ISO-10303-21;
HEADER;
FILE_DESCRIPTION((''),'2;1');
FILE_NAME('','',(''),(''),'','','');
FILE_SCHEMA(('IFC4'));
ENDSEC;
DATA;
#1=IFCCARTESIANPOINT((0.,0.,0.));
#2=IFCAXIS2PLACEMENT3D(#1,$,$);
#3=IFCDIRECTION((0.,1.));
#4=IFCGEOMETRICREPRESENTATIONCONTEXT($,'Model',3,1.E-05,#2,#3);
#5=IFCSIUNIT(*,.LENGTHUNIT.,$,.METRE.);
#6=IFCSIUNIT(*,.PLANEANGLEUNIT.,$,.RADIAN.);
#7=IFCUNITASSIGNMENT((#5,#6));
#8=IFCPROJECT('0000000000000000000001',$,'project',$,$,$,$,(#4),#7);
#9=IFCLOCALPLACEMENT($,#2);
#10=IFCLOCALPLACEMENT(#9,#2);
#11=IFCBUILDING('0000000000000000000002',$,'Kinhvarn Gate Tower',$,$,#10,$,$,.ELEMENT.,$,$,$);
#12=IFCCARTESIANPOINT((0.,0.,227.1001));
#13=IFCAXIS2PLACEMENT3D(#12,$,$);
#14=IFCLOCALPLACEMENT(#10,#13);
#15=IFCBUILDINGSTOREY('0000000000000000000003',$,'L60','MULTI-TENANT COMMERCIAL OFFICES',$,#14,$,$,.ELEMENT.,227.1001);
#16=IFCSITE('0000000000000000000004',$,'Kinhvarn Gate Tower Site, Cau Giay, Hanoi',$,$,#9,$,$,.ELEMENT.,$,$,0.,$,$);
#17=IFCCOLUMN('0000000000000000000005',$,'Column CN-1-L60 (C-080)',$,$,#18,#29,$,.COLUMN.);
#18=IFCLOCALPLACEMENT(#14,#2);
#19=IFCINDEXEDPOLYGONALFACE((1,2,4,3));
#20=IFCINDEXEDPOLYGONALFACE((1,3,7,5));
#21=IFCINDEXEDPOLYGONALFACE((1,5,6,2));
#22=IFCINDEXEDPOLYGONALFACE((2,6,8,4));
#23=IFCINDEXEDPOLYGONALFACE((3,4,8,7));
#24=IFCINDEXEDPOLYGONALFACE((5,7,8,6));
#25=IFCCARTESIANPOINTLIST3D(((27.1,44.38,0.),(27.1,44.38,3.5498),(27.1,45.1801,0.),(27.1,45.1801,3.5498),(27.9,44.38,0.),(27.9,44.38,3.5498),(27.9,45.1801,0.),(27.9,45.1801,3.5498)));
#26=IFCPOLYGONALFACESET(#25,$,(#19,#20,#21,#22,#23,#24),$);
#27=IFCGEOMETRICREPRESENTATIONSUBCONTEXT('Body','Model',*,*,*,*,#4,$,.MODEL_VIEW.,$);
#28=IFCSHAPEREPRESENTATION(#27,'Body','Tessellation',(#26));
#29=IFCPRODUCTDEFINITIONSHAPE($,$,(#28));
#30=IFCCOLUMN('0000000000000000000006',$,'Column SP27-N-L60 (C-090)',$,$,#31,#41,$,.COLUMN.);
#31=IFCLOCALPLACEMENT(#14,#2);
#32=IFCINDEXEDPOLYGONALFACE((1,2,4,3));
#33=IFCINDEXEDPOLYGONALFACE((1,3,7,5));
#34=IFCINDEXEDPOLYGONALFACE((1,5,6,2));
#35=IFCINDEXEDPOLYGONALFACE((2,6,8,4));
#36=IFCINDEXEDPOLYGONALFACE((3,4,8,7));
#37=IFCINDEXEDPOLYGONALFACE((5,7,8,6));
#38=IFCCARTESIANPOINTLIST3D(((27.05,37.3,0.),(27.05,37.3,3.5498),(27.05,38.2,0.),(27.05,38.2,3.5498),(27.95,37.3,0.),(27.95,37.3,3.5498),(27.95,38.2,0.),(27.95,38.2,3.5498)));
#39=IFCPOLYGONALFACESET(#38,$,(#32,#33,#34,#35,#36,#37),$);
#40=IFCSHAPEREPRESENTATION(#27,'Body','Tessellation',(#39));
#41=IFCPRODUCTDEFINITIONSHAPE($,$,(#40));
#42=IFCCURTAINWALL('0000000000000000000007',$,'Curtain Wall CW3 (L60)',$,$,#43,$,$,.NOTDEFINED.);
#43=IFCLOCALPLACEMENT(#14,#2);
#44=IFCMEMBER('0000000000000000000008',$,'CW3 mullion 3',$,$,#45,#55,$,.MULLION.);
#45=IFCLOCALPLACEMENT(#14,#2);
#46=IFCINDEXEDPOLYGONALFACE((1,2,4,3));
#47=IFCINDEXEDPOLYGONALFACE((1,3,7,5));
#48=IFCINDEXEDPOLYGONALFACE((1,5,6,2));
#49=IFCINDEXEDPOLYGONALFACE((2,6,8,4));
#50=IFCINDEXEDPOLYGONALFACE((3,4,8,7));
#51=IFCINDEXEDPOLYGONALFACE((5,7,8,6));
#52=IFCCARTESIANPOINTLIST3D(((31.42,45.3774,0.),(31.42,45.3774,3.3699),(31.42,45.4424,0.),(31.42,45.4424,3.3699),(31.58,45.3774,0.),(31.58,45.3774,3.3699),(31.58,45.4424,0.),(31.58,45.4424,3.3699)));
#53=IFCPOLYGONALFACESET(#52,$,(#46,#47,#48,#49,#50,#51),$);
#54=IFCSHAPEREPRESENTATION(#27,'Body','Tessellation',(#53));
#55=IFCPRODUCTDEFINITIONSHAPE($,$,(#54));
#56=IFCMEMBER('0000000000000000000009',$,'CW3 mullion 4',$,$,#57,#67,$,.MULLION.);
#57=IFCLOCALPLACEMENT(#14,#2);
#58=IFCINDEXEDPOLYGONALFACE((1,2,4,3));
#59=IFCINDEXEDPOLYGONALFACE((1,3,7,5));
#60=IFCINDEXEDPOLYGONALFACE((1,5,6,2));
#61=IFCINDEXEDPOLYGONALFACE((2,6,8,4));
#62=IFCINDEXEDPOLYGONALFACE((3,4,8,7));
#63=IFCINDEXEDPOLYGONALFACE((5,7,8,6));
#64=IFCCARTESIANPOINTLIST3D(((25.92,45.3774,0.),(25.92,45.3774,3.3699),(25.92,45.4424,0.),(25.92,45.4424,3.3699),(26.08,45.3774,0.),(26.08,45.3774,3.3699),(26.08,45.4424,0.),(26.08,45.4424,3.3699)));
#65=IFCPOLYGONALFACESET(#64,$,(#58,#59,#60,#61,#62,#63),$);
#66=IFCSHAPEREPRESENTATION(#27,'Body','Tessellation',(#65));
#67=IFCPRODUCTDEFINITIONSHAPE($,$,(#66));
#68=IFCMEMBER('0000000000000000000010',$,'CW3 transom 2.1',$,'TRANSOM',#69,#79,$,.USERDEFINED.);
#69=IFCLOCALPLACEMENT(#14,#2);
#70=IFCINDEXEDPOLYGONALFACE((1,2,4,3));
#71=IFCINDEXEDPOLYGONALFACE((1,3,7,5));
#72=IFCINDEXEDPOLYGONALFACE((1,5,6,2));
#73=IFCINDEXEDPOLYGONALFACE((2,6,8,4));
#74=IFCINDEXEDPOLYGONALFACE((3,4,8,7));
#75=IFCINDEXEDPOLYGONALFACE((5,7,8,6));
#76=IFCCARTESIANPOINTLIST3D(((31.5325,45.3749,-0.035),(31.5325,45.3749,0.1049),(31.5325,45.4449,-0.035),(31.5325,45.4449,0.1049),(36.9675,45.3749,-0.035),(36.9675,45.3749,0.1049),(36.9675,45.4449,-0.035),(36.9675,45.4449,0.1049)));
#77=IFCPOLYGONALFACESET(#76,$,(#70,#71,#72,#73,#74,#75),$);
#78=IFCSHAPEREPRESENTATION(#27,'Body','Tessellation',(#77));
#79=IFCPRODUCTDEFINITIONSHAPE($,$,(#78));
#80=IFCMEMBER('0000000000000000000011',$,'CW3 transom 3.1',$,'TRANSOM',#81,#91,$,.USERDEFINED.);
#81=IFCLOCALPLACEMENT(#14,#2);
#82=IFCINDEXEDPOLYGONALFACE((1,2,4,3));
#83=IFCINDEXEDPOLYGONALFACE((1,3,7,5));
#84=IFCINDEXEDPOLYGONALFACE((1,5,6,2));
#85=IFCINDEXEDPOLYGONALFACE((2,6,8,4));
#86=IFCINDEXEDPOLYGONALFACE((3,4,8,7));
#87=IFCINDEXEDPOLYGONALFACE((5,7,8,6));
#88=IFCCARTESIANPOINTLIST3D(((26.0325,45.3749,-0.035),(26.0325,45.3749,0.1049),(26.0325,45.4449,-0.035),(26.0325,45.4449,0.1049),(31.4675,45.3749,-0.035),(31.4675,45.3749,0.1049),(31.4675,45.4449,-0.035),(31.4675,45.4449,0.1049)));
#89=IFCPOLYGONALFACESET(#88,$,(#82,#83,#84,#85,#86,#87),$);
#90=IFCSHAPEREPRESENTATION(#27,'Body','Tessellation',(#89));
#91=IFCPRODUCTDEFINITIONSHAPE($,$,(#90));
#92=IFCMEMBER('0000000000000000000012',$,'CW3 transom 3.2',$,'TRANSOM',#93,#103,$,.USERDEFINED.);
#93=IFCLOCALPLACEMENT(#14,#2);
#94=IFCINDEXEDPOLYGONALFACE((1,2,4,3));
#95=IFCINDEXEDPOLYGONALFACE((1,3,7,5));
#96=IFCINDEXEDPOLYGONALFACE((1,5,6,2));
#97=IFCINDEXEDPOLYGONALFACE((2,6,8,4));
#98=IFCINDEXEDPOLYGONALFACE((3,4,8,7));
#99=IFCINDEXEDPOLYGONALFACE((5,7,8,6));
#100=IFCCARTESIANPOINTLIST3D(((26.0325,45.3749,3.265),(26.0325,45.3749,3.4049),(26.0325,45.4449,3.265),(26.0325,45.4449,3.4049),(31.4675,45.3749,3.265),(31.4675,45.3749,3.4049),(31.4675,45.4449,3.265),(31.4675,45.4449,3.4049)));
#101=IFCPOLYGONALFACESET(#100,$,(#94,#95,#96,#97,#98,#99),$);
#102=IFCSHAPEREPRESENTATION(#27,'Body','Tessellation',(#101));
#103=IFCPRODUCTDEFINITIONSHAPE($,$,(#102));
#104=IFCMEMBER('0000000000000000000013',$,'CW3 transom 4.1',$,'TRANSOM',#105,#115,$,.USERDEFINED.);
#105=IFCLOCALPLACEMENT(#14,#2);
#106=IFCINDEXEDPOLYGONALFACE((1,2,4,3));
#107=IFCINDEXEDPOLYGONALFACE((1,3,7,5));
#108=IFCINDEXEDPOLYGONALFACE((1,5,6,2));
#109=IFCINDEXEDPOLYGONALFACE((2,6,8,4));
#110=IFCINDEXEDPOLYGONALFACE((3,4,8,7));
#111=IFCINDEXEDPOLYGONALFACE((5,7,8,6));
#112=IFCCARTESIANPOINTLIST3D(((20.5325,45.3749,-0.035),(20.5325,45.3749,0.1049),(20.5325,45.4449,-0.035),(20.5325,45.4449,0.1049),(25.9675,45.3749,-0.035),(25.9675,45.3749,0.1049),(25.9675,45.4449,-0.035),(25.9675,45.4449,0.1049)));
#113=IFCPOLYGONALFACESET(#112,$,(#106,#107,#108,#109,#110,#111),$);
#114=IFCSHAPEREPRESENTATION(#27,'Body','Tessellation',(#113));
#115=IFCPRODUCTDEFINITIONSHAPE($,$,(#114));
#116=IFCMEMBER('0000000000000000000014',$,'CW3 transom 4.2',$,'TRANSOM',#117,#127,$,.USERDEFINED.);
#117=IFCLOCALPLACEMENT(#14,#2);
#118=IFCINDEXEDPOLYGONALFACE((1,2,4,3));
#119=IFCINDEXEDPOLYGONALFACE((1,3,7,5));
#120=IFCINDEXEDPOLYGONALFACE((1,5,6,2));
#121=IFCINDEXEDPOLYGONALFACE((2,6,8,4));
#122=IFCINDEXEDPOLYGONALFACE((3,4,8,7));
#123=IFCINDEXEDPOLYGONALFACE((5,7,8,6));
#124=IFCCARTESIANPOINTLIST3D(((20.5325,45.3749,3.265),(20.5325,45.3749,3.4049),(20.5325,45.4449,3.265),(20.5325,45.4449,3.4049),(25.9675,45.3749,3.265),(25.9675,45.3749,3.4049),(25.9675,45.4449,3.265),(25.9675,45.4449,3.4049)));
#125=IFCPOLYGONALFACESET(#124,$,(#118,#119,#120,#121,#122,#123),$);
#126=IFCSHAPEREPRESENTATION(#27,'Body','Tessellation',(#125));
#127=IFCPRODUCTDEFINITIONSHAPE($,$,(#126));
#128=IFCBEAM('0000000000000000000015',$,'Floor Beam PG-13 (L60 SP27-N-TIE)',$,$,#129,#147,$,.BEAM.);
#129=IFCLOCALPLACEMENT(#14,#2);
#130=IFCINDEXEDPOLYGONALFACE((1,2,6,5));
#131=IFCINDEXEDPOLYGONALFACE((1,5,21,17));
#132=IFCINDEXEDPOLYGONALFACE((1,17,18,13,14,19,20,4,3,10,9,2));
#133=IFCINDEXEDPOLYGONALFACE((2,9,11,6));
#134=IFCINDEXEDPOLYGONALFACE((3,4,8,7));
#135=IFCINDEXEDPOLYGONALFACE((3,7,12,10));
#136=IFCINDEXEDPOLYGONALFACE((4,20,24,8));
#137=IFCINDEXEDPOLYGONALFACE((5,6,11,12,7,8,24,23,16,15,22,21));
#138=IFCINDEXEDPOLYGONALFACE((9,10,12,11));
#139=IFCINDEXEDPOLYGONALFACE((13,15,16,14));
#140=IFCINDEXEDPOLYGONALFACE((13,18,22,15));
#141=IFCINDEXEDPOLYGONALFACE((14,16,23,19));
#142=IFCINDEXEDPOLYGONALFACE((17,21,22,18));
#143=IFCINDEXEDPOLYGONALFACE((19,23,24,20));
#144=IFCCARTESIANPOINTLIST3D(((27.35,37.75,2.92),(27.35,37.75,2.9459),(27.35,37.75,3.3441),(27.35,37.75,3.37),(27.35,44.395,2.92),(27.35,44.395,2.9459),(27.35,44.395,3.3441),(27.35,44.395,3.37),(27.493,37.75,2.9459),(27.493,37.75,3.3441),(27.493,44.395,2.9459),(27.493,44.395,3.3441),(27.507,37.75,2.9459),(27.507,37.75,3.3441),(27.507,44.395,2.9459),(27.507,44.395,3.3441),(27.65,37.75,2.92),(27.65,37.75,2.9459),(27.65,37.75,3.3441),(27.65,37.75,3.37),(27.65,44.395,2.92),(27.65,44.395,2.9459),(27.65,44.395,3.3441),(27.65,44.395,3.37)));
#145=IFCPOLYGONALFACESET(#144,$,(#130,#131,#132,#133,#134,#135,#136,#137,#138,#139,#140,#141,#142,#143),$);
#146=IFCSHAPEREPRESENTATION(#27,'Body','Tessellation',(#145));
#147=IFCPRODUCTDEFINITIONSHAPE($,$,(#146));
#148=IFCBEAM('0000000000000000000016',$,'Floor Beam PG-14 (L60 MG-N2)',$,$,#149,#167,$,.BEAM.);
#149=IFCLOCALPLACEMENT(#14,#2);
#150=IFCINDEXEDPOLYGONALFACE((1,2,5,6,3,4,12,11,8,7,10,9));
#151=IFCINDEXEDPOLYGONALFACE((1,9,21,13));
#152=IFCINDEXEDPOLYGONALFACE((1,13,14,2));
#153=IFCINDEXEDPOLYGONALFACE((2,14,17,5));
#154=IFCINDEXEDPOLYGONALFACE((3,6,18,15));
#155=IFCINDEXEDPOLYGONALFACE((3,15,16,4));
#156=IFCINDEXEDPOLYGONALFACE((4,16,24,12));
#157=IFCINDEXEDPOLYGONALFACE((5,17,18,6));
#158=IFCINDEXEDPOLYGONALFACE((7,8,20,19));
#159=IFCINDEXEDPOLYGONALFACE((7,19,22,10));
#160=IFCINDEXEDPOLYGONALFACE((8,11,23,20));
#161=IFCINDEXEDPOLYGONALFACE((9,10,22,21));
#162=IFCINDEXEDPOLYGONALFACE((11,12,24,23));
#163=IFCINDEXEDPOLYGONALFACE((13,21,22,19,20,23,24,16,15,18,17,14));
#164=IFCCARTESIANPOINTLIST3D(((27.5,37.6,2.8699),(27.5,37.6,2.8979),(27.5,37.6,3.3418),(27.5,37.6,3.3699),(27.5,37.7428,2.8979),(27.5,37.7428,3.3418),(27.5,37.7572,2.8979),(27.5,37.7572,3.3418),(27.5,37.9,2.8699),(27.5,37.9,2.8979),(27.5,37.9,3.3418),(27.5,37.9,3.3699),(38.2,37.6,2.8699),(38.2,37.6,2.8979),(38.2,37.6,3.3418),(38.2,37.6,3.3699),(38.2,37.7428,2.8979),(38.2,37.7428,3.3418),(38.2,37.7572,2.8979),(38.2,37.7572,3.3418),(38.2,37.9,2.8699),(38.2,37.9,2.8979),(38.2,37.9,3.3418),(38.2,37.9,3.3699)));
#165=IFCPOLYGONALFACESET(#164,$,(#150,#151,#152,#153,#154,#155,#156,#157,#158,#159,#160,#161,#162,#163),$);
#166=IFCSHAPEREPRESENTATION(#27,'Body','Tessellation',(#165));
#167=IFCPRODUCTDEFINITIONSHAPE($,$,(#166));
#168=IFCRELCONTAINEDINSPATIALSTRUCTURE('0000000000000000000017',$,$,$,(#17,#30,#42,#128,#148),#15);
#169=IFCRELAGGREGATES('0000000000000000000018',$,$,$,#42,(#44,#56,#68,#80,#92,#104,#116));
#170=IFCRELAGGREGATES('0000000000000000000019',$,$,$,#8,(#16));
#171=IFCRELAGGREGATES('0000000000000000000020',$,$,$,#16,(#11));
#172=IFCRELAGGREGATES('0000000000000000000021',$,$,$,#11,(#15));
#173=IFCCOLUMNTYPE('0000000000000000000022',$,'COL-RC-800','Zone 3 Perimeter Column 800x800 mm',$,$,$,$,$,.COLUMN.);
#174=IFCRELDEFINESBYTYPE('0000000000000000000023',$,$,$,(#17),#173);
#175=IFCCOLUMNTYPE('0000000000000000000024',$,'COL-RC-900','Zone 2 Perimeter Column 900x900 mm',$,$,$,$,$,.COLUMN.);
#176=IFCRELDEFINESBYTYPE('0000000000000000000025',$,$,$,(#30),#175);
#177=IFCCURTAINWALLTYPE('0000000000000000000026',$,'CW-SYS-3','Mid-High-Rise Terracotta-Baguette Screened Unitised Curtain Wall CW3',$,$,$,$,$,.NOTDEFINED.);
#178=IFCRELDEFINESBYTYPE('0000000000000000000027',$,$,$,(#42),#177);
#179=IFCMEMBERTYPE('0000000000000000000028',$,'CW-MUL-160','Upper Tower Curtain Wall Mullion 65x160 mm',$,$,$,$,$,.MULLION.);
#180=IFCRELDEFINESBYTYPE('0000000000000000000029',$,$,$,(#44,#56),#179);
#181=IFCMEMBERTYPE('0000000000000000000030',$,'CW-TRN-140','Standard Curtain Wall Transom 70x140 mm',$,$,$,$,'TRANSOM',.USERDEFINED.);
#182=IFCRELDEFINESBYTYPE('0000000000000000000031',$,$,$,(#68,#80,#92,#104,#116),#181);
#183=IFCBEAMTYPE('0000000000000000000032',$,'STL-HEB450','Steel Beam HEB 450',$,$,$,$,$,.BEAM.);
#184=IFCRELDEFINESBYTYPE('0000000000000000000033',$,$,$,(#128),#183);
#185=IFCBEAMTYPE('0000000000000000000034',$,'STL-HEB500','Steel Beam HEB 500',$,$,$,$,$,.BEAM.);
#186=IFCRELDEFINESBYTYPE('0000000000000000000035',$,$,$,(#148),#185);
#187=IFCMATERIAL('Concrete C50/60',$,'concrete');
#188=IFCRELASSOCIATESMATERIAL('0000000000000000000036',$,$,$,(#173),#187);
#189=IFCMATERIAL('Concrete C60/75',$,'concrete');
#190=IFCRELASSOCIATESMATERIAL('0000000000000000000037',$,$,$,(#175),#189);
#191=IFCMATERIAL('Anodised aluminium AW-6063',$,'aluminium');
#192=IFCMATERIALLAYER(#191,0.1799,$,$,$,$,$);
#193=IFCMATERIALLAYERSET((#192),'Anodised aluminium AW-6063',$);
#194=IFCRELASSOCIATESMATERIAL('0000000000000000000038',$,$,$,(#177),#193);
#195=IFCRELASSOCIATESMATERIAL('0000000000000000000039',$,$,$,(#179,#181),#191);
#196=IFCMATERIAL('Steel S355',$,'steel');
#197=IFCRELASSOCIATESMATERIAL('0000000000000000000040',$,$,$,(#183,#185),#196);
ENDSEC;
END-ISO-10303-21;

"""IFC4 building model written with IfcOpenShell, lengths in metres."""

from ifc_helpers import new_model, si_unit, direction, frame, origin, origin_2d, place, context, subcontext, project, spatial, rectangle, i_section, extrude, material, layer, layer_set, material_profile, profile_set, type_object, element, aggregate, save


model = new_model("IFC4")

# Units and contexts
model_context = context("Model", 3, precision=1e-05, world=origin(), true_north=direction((0.0, 1.0)))
body_context = subcontext(model_context, "Body", "Model", "MODEL_VIEW")
ifc_project = project(units=[si_unit("LENGTHUNIT", "METRE"), si_unit("PLANEANGLEUNIT", "RADIAN")], contexts=[model_context])

# Site, building, storey
site_placement = place(None, origin())
site = spatial("IfcSite", under=ifc_project, at=site_placement, Name="Kinhvarn Gate Tower Site, Cau Giay, Hanoi", CompositionType="ELEMENT", RefElevation=0.0)
building_placement = place(site_placement, origin())
building = spatial("IfcBuilding", under=site, at=building_placement, Name="Kinhvarn Gate Tower", CompositionType="ELEMENT")
storey_placement = place(building_placement, frame((0.0, 0.0, 227.1001)))
storey = spatial("IfcBuildingStorey", under=building, at=storey_placement, Name="L60", Description="MULTI-TENANT COMMERCIAL OFFICES", CompositionType="ELEMENT", Elevation=227.1001)

# Columns
ifc_material_1 = material(Name="Concrete C50/60", Category="concrete")
ifc_material_profile_1 = material_profile(ifc_material_1, rectangle(XDim=0.8, YDim=0.8, at=origin_2d()), Name="RC 800x800")
ifc_profile_set_1 = profile_set([ifc_material_profile_1], Name="Concrete C50/60")
column_type_1 = type_object("IfcColumnType", Name="COL-RC-800", Description="Zone 3 Perimeter Column 800x800 mm", PredefinedType="COLUMN", material=ifc_profile_set_1)
column_1_placement = place(storey_placement, frame((27.5, 44.78, 0.0), z_axis=(0.0, 0.0, 1.0), x_axis=(1.0, 0.0, 0.0)))
element("IfcColumn", 1, at=column_1_placement, inside=storey, type_object=column_type_1, Name="Column CN-1-L60 (C-080)", PredefinedType="COLUMN", context=body_context, shape_type="SweptSolid", body=[
    extrude(rectangle(XDim=0.8, YDim=0.8, at=origin_2d()), origin(), (0.0, 0.0, 1.0), 3.5498),
])
ifc_material_2 = material(Name="Concrete C60/75", Category="concrete")
ifc_material_profile_2 = material_profile(ifc_material_2, rectangle(XDim=0.8999, YDim=0.8999, at=origin_2d()), Name="RC 900x900")
ifc_profile_set_2 = profile_set([ifc_material_profile_2], Name="Concrete C60/75")
column_type_2 = type_object("IfcColumnType", Name="COL-RC-900", Description="Zone 2 Perimeter Column 900x900 mm", PredefinedType="COLUMN", material=ifc_profile_set_2)
column_2_placement = place(storey_placement, frame((27.5, 37.75, 0.0), z_axis=(0.0, 0.0, 1.0), x_axis=(1.0, 0.0, 0.0)))
element("IfcColumn", 2, at=column_2_placement, inside=storey, type_object=column_type_2, Name="Column SP27-N-L60 (C-090)", PredefinedType="COLUMN", context=body_context, shape_type="SweptSolid", body=[
    extrude(rectangle(XDim=0.8999, YDim=0.8999, at=origin_2d()), origin(), (0.0, 0.0, 1.0), 3.5498),
])

# Curtain wall, members
ifc_material_3 = material(Name="Anodised aluminium AW-6063", Category="aluminium")
ifc_layer_1 = layer(ifc_material_3, 0.1799)
ifc_layer_set_1 = layer_set([ifc_layer_1], Name="Anodised aluminium AW-6063")
curtain_wall_type = type_object("IfcCurtainWallType", Name="CW-SYS-3", Description="Mid-High-Rise Terracotta-Baguette Screened Unitised Curtain Wall CW3", PredefinedType="NOTDEFINED", material=ifc_layer_set_1)
curtain_wall_placement = place(storey_placement, origin())
curtain_wall = element("IfcCurtainWall", 3, at=curtain_wall_placement, inside=storey, type_object=curtain_wall_type, Name="Curtain Wall CW3 (L60)", PredefinedType="NOTDEFINED")
ifc_material_profile_3 = material_profile(ifc_material_3, rectangle(XDim=0.0649, YDim=0.1599, at=origin_2d()), Name="ALU 65x160")
ifc_profile_set_3 = profile_set([ifc_material_profile_3], Name="Anodised aluminium AW-6063")
member_type_1 = type_object("IfcMemberType", Name="CW-MUL-160", Description="Upper Tower Curtain Wall Mullion 65x160 mm", PredefinedType="MULLION", material=ifc_profile_set_3)
member_1_placement = place(storey_placement, frame((31.5, 45.4099, 0.0), z_axis=(0.0, 0.0, 1.0), x_axis=(0.0, -1.0, 0.0)))
member_1 = element("IfcMember", 4, at=member_1_placement, type_object=member_type_1, Name="CW3 mullion 3", PredefinedType="MULLION", context=body_context, shape_type="SweptSolid", body=[
    extrude(rectangle(XDim=0.0649, YDim=0.1599, at=origin_2d()), origin(), (0.0, 0.0, 1.0), 3.3699),
])
member_2_placement = place(storey_placement, frame((26.0, 45.4099, 0.0), z_axis=(0.0, 0.0, 1.0), x_axis=(0.0, -1.0, 0.0)))
member_2 = element("IfcMember", 5, at=member_2_placement, type_object=member_type_1, Name="CW3 mullion 4", PredefinedType="MULLION", context=body_context, shape_type="SweptSolid", body=[
    extrude(rectangle(XDim=0.0649, YDim=0.1599, at=origin_2d()), origin(), (0.0, 0.0, 1.0), 3.3699),
])
ifc_material_profile_4 = material_profile(ifc_material_3, rectangle(XDim=0.0701, YDim=0.1399, at=origin_2d()), Name="ALU 70x140")
ifc_profile_set_4 = profile_set([ifc_material_profile_4], Name="Anodised aluminium AW-6063")
member_type_2 = type_object("IfcMemberType", Name="CW-TRN-140", Description="Standard Curtain Wall Transom 70x140 mm", ElementType="TRANSOM", PredefinedType="USERDEFINED", material=ifc_profile_set_4)
member_3_placement = place(storey_placement, frame((36.9675, 45.4099, 0.0349), z_axis=(-1.0, 0.0, 0.0), x_axis=(0.0, -1.0, 0.0)))
member_3 = element("IfcMember", 6, at=member_3_placement, type_object=member_type_2, Name="CW3 transom 2.1", ObjectType="TRANSOM", PredefinedType="USERDEFINED", context=body_context, shape_type="SweptSolid", body=[
    extrude(rectangle(XDim=0.0701, YDim=0.1399, at=origin_2d()), origin(), (0.0, 0.0, 1.0), 5.4351),
])
member_4_placement = place(storey_placement, frame((31.4675, 45.4099, 0.0349), z_axis=(-1.0, 0.0, 0.0), x_axis=(0.0, -1.0, 0.0)))
member_4 = element("IfcMember", 7, at=member_4_placement, type_object=member_type_2, Name="CW3 transom 3.1", ObjectType="TRANSOM", PredefinedType="USERDEFINED", context=body_context, shape_type="SweptSolid", body=[
    extrude(rectangle(XDim=0.0701, YDim=0.1399, at=origin_2d()), origin(), (0.0, 0.0, 1.0), 5.4351),
])
member_5_placement = place(storey_placement, frame((31.4675, 45.4099, 3.335), z_axis=(-1.0, 0.0, 0.0), x_axis=(0.0, -1.0, 0.0)))
member_5 = element("IfcMember", 8, at=member_5_placement, type_object=member_type_2, Name="CW3 transom 3.2", ObjectType="TRANSOM", PredefinedType="USERDEFINED", context=body_context, shape_type="SweptSolid", body=[
    extrude(rectangle(XDim=0.0701, YDim=0.1399, at=origin_2d()), origin(), (0.0, 0.0, 1.0), 5.4351),
])
member_6_placement = place(storey_placement, frame((25.9675, 45.4099, 0.0349), z_axis=(-1.0, 0.0, 0.0), x_axis=(0.0, -1.0, 0.0)))
member_6 = element("IfcMember", 9, at=member_6_placement, type_object=member_type_2, Name="CW3 transom 4.1", ObjectType="TRANSOM", PredefinedType="USERDEFINED", context=body_context, shape_type="SweptSolid", body=[
    extrude(rectangle(XDim=0.0701, YDim=0.1399, at=origin_2d()), origin(), (0.0, 0.0, 1.0), 5.4351),
])
member_7_placement = place(storey_placement, frame((25.9675, 45.4099, 3.335), z_axis=(-1.0, 0.0, 0.0), x_axis=(0.0, -1.0, 0.0)))
member_7 = element("IfcMember", 10, at=member_7_placement, type_object=member_type_2, Name="CW3 transom 4.2", ObjectType="TRANSOM", PredefinedType="USERDEFINED", context=body_context, shape_type="SweptSolid", body=[
    extrude(rectangle(XDim=0.0701, YDim=0.1399, at=origin_2d()), origin(), (0.0, 0.0, 1.0), 5.4351),
])

# Beams
ifc_material_4 = material(Name="Steel S355", Category="steel")
ifc_material_profile_5 = material_profile(ifc_material_4, i_section(OverallWidth=0.3, OverallDepth=0.45, WebThickness=0.0139, FlangeThickness=0.0259, at=origin_2d()), Name="HEB 450")
ifc_profile_set_5 = profile_set([ifc_material_profile_5], Name="Steel S355")
beam_type_1 = type_object("IfcBeamType", Name="STL-HEB450", Description="Steel Beam HEB 450", PredefinedType="BEAM", material=ifc_profile_set_5)
beam_1_placement = place(storey_placement, frame((27.5, 37.75, 3.145), z_axis=(0.0, 1.0, 0.0), x_axis=(-1.0, 0.0, 0.0)))
element("IfcBeam", 11, at=beam_1_placement, inside=storey, type_object=beam_type_1, Name="Floor Beam PG-13 (L60 SP27-N-TIE)", PredefinedType="BEAM", context=body_context, shape_type="SweptSolid", body=[
    extrude(i_section(OverallWidth=0.3, OverallDepth=0.45, WebThickness=0.0139, FlangeThickness=0.0259, at=origin_2d()), origin(), (0.0, 0.0, 1.0), 6.645),
])
ifc_material_profile_6 = material_profile(ifc_material_4, i_section(OverallWidth=0.3, OverallDepth=0.5, WebThickness=0.0144, FlangeThickness=0.0281, at=origin_2d()), Name="HEB 500")
ifc_profile_set_6 = profile_set([ifc_material_profile_6], Name="Steel S355")
beam_type_2 = type_object("IfcBeamType", Name="STL-HEB500", Description="Steel Beam HEB 500", PredefinedType="BEAM", material=ifc_profile_set_6)
beam_2_placement = place(storey_placement, frame((27.5, 37.75, 3.1199), z_axis=(1.0, 0.0, 0.0), x_axis=(0.0, 1.0, 0.0)))
element("IfcBeam", 12, at=beam_2_placement, inside=storey, type_object=beam_type_2, Name="Floor Beam PG-14 (L60 MG-N2)", PredefinedType="BEAM", context=body_context, shape_type="SweptSolid", body=[
    extrude(i_section(OverallWidth=0.3, OverallDepth=0.5, WebThickness=0.0144, FlangeThickness=0.0281, at=origin_2d()), origin(), (0.0, 0.0, 1.0), 10.7),
])

aggregate(curtain_wall, [member_1, member_2, member_3, member_4, member_5, member_6, member_7])

save(model, "model.ifc")
